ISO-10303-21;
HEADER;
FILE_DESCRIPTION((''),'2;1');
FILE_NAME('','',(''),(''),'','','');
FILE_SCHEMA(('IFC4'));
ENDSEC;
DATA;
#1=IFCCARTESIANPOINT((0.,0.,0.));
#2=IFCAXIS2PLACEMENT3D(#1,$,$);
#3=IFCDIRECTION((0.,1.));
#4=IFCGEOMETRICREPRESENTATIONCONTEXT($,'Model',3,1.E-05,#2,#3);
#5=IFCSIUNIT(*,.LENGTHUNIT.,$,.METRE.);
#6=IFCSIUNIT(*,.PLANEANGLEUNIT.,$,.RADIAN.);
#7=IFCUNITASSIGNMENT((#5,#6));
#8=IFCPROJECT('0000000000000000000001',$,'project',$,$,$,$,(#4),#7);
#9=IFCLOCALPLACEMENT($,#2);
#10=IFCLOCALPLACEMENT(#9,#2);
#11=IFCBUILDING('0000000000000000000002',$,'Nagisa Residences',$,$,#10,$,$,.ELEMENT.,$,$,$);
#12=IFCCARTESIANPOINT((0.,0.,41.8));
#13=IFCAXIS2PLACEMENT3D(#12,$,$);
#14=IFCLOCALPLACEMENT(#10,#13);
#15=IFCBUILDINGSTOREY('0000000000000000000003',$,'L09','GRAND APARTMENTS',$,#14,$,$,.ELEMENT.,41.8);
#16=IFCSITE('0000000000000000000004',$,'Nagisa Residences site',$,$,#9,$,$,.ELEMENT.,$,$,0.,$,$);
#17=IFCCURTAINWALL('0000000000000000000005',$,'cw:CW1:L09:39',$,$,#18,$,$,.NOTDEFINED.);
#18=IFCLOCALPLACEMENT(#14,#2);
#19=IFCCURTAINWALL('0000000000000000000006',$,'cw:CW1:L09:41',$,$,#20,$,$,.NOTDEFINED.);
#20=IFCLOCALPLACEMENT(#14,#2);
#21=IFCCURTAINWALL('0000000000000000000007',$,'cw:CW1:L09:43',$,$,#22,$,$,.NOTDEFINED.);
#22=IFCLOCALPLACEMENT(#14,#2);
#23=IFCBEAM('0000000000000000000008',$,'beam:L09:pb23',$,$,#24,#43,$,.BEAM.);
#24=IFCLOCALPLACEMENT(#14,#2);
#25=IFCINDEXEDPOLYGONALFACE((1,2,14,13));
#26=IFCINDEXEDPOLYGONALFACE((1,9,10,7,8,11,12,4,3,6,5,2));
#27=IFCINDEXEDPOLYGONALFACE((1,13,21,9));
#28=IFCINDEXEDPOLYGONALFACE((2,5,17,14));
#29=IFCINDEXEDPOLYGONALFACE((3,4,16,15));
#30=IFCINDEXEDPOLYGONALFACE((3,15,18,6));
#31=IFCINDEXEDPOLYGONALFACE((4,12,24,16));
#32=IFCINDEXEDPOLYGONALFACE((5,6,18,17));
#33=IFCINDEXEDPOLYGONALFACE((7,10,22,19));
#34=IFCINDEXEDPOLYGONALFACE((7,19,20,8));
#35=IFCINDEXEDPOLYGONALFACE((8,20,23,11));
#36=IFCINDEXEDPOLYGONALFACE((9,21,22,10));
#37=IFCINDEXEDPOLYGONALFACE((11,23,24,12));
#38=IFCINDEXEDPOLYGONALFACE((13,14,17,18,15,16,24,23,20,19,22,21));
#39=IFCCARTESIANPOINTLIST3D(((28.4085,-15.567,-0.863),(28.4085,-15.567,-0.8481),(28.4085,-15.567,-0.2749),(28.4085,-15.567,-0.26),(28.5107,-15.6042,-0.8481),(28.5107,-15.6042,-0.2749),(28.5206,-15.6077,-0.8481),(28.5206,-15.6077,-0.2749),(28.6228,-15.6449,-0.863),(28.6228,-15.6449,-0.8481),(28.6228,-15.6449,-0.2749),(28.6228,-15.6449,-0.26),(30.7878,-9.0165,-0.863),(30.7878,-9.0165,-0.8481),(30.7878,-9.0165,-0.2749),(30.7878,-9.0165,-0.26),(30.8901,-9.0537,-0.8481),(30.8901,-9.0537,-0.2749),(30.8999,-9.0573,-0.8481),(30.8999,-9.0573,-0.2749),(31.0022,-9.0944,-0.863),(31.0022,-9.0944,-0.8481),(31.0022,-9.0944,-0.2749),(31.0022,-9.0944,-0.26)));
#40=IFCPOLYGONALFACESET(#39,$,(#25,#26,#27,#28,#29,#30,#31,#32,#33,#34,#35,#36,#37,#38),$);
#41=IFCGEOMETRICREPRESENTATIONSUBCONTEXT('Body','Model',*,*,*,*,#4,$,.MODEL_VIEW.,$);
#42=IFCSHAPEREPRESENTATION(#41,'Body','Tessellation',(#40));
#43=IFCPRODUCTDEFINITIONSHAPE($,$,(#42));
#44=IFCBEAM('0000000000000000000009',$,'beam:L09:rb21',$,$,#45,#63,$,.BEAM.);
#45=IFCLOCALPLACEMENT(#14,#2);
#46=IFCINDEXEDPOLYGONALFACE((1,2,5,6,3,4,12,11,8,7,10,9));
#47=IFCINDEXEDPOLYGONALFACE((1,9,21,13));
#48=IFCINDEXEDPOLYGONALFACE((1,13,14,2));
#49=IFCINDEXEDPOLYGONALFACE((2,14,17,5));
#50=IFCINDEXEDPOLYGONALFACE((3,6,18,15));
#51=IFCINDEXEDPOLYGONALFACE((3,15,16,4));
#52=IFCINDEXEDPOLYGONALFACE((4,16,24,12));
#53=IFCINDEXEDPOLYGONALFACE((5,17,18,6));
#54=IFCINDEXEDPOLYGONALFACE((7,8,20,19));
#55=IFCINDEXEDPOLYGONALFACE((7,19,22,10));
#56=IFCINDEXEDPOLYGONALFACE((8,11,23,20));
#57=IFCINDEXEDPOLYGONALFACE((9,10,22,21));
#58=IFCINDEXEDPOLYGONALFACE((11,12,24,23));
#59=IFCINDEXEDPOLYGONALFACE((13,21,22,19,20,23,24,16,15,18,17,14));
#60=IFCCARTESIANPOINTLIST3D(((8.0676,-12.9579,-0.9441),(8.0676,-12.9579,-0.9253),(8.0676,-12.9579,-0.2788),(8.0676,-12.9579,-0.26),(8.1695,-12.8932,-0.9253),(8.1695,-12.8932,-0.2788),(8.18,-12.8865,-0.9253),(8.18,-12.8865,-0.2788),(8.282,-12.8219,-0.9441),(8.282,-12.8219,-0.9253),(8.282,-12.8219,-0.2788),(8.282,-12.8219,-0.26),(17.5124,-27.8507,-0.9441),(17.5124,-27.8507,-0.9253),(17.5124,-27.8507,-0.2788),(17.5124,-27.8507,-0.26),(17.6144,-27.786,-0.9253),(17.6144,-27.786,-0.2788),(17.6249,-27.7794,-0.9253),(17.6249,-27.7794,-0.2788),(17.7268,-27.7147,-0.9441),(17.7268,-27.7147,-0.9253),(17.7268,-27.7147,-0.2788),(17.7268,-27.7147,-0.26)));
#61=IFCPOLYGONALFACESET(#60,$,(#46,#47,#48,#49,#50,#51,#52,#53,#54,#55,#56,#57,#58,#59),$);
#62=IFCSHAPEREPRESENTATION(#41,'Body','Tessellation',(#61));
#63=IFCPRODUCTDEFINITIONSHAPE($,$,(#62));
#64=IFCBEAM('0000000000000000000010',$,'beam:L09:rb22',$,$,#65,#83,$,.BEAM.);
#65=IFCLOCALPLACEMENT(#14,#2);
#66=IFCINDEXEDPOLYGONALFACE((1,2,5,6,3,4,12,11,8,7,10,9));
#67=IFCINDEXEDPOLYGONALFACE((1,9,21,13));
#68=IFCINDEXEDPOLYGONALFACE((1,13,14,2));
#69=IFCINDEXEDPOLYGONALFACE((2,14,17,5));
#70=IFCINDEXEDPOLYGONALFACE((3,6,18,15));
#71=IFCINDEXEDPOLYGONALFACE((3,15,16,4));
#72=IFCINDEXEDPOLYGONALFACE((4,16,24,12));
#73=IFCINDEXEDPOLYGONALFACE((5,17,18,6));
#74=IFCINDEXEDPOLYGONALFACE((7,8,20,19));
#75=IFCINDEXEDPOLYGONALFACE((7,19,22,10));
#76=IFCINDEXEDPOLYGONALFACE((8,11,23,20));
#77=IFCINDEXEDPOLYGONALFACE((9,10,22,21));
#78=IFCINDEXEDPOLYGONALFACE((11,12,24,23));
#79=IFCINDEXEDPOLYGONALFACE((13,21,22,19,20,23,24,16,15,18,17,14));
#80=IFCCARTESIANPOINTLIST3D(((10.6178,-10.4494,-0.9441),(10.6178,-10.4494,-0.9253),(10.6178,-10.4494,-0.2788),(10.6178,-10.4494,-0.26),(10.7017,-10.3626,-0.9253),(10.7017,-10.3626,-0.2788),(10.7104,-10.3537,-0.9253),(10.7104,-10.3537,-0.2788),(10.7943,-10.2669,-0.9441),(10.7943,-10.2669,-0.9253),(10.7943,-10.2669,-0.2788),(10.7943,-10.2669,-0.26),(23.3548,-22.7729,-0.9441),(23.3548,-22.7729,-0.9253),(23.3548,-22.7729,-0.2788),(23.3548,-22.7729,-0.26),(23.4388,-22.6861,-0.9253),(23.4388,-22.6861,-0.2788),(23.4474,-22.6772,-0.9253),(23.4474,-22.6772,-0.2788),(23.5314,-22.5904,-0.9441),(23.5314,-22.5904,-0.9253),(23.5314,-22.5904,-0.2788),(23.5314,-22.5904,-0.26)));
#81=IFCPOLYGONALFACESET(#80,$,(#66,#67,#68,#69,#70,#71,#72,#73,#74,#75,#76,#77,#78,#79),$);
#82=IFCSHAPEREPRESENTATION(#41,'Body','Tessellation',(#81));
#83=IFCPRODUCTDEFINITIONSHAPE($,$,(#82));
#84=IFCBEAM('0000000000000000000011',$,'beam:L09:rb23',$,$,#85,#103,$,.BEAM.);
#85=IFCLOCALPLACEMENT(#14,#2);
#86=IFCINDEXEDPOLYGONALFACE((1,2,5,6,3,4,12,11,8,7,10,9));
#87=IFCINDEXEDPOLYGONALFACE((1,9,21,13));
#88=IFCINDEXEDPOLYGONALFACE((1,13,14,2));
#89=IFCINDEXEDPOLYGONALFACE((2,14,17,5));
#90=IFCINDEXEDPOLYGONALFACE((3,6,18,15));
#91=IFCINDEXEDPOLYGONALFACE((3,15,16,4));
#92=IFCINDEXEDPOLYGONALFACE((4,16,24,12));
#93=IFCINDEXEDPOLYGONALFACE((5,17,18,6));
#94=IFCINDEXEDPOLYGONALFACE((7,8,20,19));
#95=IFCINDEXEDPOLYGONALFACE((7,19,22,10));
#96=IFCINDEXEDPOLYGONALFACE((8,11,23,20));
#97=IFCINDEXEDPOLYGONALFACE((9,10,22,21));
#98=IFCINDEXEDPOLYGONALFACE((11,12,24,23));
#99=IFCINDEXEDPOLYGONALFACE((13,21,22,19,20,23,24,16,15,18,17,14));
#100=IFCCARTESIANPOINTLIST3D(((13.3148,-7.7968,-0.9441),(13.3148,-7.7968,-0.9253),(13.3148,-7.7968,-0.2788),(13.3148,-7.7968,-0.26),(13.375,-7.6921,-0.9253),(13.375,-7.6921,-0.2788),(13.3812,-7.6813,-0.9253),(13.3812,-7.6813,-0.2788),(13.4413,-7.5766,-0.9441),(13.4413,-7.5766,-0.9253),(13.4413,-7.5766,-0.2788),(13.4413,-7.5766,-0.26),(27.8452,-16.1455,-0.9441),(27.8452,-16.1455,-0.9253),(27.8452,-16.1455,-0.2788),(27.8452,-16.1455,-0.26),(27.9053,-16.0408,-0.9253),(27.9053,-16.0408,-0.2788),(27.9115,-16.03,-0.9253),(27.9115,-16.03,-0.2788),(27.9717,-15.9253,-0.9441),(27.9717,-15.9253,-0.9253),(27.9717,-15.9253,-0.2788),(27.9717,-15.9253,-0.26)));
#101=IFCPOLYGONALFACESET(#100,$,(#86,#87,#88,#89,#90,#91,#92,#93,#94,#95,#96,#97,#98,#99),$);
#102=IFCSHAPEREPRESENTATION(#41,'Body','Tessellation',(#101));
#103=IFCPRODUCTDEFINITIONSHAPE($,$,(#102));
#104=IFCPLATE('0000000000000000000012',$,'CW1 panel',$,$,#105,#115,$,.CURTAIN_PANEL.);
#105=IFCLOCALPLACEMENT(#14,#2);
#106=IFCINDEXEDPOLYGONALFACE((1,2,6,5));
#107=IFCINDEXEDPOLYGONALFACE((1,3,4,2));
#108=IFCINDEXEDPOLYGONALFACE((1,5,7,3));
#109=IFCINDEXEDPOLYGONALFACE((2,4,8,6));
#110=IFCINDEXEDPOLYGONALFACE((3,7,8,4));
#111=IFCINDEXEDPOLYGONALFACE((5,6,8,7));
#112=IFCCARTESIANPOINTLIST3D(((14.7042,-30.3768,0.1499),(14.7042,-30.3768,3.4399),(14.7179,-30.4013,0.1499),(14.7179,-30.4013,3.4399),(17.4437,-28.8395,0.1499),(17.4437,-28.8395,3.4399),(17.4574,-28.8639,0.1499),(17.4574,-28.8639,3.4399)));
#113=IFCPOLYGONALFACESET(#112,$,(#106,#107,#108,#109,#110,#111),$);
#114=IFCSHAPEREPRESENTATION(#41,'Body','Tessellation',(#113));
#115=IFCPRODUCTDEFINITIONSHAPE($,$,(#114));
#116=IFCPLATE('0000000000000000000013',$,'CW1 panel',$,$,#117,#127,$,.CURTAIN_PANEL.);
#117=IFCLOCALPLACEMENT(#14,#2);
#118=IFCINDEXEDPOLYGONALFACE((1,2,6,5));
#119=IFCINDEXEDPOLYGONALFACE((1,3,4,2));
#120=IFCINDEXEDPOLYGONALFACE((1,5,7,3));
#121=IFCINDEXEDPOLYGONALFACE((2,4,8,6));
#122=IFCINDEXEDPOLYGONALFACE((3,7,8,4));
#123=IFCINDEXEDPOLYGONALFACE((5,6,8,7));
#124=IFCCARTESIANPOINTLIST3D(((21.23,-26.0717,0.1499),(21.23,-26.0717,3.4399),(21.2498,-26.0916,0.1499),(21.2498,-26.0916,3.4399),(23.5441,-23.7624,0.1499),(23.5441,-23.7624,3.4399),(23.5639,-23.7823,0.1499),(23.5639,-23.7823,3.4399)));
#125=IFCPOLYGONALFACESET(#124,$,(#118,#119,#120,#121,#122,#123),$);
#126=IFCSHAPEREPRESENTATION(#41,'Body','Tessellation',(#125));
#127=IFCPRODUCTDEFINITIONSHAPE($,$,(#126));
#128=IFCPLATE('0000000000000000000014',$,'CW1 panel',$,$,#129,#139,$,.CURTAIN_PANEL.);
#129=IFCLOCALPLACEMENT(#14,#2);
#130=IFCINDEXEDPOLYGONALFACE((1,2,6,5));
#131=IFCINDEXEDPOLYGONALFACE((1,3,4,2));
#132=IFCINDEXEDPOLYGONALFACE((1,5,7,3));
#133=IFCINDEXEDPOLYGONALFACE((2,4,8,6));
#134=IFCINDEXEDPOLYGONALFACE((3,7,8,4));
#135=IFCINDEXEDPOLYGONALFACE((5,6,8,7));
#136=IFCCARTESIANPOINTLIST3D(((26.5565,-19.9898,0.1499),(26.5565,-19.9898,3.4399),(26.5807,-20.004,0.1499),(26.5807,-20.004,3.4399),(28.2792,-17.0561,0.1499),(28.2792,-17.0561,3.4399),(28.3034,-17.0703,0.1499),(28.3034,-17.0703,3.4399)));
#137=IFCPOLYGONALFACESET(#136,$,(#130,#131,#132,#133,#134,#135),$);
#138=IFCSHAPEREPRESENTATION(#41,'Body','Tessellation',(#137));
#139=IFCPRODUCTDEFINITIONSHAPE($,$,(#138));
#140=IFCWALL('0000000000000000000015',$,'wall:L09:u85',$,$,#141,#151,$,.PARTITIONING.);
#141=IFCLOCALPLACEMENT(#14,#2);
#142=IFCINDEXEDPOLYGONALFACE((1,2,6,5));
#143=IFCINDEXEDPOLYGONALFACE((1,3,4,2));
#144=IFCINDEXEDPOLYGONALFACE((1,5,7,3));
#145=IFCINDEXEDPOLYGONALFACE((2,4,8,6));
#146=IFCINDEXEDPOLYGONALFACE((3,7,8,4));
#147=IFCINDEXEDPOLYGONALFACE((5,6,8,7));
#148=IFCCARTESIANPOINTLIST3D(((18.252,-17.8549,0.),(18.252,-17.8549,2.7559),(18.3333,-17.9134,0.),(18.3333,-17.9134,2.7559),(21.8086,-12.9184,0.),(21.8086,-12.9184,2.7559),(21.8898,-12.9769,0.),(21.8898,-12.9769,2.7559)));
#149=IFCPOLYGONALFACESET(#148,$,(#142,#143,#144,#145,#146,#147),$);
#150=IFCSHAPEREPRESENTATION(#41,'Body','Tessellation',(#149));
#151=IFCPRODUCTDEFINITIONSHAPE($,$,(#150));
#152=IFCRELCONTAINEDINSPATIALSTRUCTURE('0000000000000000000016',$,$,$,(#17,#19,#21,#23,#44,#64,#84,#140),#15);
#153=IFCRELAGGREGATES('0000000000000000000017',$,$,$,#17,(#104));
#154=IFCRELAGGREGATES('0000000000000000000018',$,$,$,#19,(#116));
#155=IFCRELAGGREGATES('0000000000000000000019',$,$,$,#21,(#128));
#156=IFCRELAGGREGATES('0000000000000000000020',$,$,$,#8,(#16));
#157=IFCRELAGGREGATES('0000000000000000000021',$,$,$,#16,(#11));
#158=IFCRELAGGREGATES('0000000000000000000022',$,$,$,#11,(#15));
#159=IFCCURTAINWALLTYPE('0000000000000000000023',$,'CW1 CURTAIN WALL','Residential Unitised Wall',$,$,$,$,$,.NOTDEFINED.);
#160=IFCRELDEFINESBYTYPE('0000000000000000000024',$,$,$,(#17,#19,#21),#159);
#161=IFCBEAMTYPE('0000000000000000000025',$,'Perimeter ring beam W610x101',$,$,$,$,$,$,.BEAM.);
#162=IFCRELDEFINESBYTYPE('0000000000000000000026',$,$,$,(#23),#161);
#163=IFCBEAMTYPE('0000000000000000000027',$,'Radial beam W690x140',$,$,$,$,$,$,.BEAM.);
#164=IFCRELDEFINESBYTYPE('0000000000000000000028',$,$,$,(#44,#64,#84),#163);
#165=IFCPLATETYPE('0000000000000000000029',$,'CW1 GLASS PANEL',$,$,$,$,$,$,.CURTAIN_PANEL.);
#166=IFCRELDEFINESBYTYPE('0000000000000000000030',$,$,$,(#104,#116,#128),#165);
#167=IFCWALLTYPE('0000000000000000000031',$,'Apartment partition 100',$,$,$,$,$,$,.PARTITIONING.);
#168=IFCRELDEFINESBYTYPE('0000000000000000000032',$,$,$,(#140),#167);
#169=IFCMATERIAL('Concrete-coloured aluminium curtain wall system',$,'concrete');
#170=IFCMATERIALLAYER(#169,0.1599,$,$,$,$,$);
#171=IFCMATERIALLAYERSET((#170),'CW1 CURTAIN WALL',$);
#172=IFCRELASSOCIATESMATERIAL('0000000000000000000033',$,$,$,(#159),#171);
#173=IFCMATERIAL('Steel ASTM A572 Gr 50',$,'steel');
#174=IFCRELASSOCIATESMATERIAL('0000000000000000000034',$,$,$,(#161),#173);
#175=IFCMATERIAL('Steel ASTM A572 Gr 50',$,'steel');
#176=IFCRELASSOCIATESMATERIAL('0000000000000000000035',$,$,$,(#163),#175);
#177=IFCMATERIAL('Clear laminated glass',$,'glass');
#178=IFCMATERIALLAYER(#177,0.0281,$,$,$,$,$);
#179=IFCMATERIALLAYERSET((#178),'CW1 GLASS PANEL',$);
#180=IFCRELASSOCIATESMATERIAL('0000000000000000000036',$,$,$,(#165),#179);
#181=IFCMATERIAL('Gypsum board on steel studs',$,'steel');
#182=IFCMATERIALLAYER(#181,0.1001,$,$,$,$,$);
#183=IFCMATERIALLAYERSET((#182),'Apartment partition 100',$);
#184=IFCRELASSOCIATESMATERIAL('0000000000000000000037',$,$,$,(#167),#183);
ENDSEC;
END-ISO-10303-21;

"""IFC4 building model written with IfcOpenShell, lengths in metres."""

from ifc_helpers import new_model, si_unit, direction, frame, frame_2d, origin, origin_2d, place, context, subcontext, project, spatial, rectangle, i_section, extrude, material, layer, layer_set, material_profile, profile_set, type_object, element, aggregate, save


model = new_model("IFC4")

# Units and contexts
model_context = context("Model", 3, precision=1e-05, world=origin(), true_north=direction((0.0, 1.0)))
body_context = subcontext(model_context, "Body", "Model", "MODEL_VIEW")
ifc_project = project(units=[si_unit("LENGTHUNIT", "METRE"), si_unit("PLANEANGLEUNIT", "RADIAN")], contexts=[model_context])

# Site, building, storey
site_placement = place(None, origin())
site = spatial("IfcSite", under=ifc_project, at=site_placement, Name="Nagisa Residences site", CompositionType="ELEMENT", RefElevation=0.0)
building_placement = place(site_placement, origin())
building = spatial("IfcBuilding", under=site, at=building_placement, Name="Nagisa Residences", CompositionType="ELEMENT")
storey_placement = place(building_placement, frame((0.0, 0.0, 41.8)))
storey = spatial("IfcBuildingStorey", under=building, at=storey_placement, Name="L09", Description="GRAND APARTMENTS", CompositionType="ELEMENT", Elevation=41.8)

# Curtain walls
ifc_material_1 = material(Name="Concrete-coloured aluminium curtain wall system", Category="concrete")
ifc_layer_1 = layer(ifc_material_1, 0.1599)
ifc_layer_set_1 = layer_set([ifc_layer_1], Name="CW1 CURTAIN WALL")
curtain_wall_type = type_object("IfcCurtainWallType", Name="CW1 CURTAIN WALL", Description="Residential Unitised Wall", PredefinedType="NOTDEFINED", material=ifc_layer_set_1)
curtain_wall_1_placement = place(storey_placement, origin())
curtain_wall_1 = element("IfcCurtainWall", 1, at=curtain_wall_1_placement, inside=storey, type_object=curtain_wall_type, Name="cw:CW1:L09:39", PredefinedType="NOTDEFINED")
curtain_wall_2_placement = place(storey_placement, origin())
curtain_wall_2 = element("IfcCurtainWall", 2, at=curtain_wall_2_placement, inside=storey, type_object=curtain_wall_type, Name="cw:CW1:L09:41", PredefinedType="NOTDEFINED")
curtain_wall_3_placement = place(storey_placement, origin())
curtain_wall_3 = element("IfcCurtainWall", 3, at=curtain_wall_3_placement, inside=storey, type_object=curtain_wall_type, Name="cw:CW1:L09:43", PredefinedType="NOTDEFINED")

# Beams
ifc_material_2 = material(Name="Steel ASTM A572 Gr 50", Category="steel")
ifc_material_profile_1 = material_profile(ifc_material_2, i_section(OverallWidth=0.228, OverallDepth=0.603, WebThickness=0.0105, FlangeThickness=0.0149, at=origin_2d()), Name="W610x101")
ifc_profile_set_1 = profile_set([ifc_material_profile_1], Name="Steel ASTM A572 Gr 50")
beam_type_1 = type_object("IfcBeamType", Name="Perimeter ring beam W610x101", PredefinedType="BEAM", material=ifc_profile_set_1)
beam_1_placement = place(storey_placement, frame((28.5156, -15.606, -0.5615), z_axis=(0.341411, 0.939914, 0.0), x_axis=(-0.939914, 0.341411, 0.0)))
element("IfcBeam", 4, at=beam_1_placement, inside=storey, type_object=beam_type_1, Name="beam:L09:pb23", PredefinedType="BEAM", context=body_context, shape_type="SweptSolid", body=[
    extrude(i_section(OverallWidth=0.228, OverallDepth=0.603, WebThickness=0.0105, FlangeThickness=0.0149, at=origin_2d()), origin(), (0.0, 0.0, 1.0), 6.9692),
])
ifc_material_3 = material(Name="Steel ASTM A572 Gr 50", Category="steel")
ifc_material_profile_2 = material_profile(ifc_material_3, i_section(OverallWidth=0.2539, OverallDepth=0.6841, WebThickness=0.0125, FlangeThickness=0.0188, at=origin_2d()), Name="W690x140")
ifc_profile_set_2 = profile_set([ifc_material_profile_2], Name="Steel ASTM A572 Gr 50")
beam_type_2 = type_object("IfcBeamType", Name="Radial beam W690x140", PredefinedType="BEAM", material=ifc_profile_set_2)
beam_2_placement = place(storey_placement, frame((17.6196, -27.7827, -0.6021), z_axis=(-0.535566, 0.844493, 0.0), x_axis=(-0.844493, -0.535566, 0.0)))
element("IfcBeam", 5, at=beam_2_placement, inside=storey, type_object=beam_type_2, Name="beam:L09:rb21", PredefinedType="BEAM", context=body_context, shape_type="SweptSolid", body=[
    extrude(i_section(OverallWidth=0.2539, OverallDepth=0.6841, WebThickness=0.0125, FlangeThickness=0.0188, at=origin_2d()), origin(), (0.0, 0.0, 1.0), 17.6353),
])
beam_3_placement = place(storey_placement, frame((23.4431, -22.6816, -0.6021), z_axis=(-0.718678, 0.695343, 0.0), x_axis=(-0.695343, -0.718678, 0.0)))
element("IfcBeam", 6, at=beam_3_placement, inside=storey, type_object=beam_type_2, Name="beam:L09:rb22", PredefinedType="BEAM", context=body_context, shape_type="SweptSolid", body=[
    extrude(i_section(OverallWidth=0.2539, OverallDepth=0.6841, WebThickness=0.0125, FlangeThickness=0.0188, at=origin_2d()), origin(), (0.0, 0.0, 1.0), 17.7229),
])
beam_4_placement = place(storey_placement, frame((27.9084, -16.0354, -0.6021), z_axis=(-0.867068, 0.49819, 0.0), x_axis=(-0.49819, -0.867068, 0.0)))
element("IfcBeam", 7, at=beam_4_placement, inside=storey, type_object=beam_type_2, Name="beam:L09:rb23", PredefinedType="BEAM", context=body_context, shape_type="SweptSolid", body=[
    extrude(i_section(OverallWidth=0.2539, OverallDepth=0.6841, WebThickness=0.0125, FlangeThickness=0.0188, at=origin_2d()), origin(), (0.0, 0.0, 1.0), 16.7581),
])

# Plates
ifc_material_4 = material(Name="Clear laminated glass", Category="glass")
ifc_layer_2 = layer(ifc_material_4, 0.0281)
ifc_layer_set_2 = layer_set([ifc_layer_2], Name="CW1 GLASS PANEL")
plate_type = type_object("IfcPlateType", Name="CW1 GLASS PANEL", PredefinedType="CURTAIN_PANEL", material=ifc_layer_set_2)
plate_1_placement = place(storey_placement, frame((16.0808, -29.6204, 0.1499), z_axis=(0.0, 0.0, 1.0), x_axis=(0.872072, 0.489377, 0.0)))
plate_1 = element("IfcPlate", 8, at=plate_1_placement, type_object=plate_type, Name="CW1 panel", PredefinedType="CURTAIN_PANEL", context=body_context, shape_type="SweptSolid", body=[
    extrude(rectangle(XDim=3.1414, YDim=0.0281, at=origin_2d()), origin(), (0.0, 0.0, 1.0), 3.29),
])
aggregate(curtain_wall_1, [plate_1])
plate_2_placement = place(storey_placement, frame((22.397, -24.927, 0.1499), z_axis=(0.0, 0.0, 1.0), x_axis=(0.707836, 0.706377, 0.0)))
plate_2 = element("IfcPlate", 9, at=plate_2_placement, type_object=plate_type, Name="CW1 panel", PredefinedType="CURTAIN_PANEL", context=body_context, shape_type="SweptSolid", body=[
    extrude(rectangle(XDim=3.2693, YDim=0.0281, at=origin_2d()), origin(), (0.0, 0.0, 1.0), 3.29),
])
aggregate(curtain_wall_2, [plate_2])
plate_3_placement = place(storey_placement, frame((27.4299, -18.53, 0.1499), z_axis=(0.0, 0.0, 1.0), x_axis=(0.506349, 0.862329, 0.0)))
plate_3 = element("IfcPlate", 10, at=plate_3_placement, type_object=plate_type, Name="CW1 panel", PredefinedType="CURTAIN_PANEL", context=body_context, shape_type="SweptSolid", body=[
    extrude(rectangle(XDim=3.4021, YDim=0.0281, at=origin_2d()), origin(), (0.0, 0.0, 1.0), 3.29),
])
aggregate(curtain_wall_3, [plate_3])

# Wall
ifc_material_5 = material(Name="Gypsum board on steel studs", Category="steel")
ifc_layer_3 = layer(ifc_material_5, 0.1001)
ifc_layer_set_3 = layer_set([ifc_layer_3], Name="Apartment partition 100")
wall_type_1 = type_object("IfcWallType", Name="Apartment partition 100", PredefinedType="PARTITIONING", material=ifc_layer_set_3)
wall_1_placement = place(storey_placement, frame((18.2927, -17.884, 0.0), z_axis=(0.0, 0.0, 1.0), x_axis=(0.584558, 0.811352, 0.0)))
element("IfcWall", 11, at=wall_1_placement, inside=storey, type_object=wall_type_1, Name="wall:L09:u85", PredefinedType="PARTITIONING", context=body_context, shape_type="SweptSolid", body=[
    extrude(rectangle(XDim=6.0842, YDim=0.1001, at=frame_2d((3.042, 0.0))), origin(), (0.0, 0.0, 1.0), 2.7559),
])

save(model, "model.ifc")
